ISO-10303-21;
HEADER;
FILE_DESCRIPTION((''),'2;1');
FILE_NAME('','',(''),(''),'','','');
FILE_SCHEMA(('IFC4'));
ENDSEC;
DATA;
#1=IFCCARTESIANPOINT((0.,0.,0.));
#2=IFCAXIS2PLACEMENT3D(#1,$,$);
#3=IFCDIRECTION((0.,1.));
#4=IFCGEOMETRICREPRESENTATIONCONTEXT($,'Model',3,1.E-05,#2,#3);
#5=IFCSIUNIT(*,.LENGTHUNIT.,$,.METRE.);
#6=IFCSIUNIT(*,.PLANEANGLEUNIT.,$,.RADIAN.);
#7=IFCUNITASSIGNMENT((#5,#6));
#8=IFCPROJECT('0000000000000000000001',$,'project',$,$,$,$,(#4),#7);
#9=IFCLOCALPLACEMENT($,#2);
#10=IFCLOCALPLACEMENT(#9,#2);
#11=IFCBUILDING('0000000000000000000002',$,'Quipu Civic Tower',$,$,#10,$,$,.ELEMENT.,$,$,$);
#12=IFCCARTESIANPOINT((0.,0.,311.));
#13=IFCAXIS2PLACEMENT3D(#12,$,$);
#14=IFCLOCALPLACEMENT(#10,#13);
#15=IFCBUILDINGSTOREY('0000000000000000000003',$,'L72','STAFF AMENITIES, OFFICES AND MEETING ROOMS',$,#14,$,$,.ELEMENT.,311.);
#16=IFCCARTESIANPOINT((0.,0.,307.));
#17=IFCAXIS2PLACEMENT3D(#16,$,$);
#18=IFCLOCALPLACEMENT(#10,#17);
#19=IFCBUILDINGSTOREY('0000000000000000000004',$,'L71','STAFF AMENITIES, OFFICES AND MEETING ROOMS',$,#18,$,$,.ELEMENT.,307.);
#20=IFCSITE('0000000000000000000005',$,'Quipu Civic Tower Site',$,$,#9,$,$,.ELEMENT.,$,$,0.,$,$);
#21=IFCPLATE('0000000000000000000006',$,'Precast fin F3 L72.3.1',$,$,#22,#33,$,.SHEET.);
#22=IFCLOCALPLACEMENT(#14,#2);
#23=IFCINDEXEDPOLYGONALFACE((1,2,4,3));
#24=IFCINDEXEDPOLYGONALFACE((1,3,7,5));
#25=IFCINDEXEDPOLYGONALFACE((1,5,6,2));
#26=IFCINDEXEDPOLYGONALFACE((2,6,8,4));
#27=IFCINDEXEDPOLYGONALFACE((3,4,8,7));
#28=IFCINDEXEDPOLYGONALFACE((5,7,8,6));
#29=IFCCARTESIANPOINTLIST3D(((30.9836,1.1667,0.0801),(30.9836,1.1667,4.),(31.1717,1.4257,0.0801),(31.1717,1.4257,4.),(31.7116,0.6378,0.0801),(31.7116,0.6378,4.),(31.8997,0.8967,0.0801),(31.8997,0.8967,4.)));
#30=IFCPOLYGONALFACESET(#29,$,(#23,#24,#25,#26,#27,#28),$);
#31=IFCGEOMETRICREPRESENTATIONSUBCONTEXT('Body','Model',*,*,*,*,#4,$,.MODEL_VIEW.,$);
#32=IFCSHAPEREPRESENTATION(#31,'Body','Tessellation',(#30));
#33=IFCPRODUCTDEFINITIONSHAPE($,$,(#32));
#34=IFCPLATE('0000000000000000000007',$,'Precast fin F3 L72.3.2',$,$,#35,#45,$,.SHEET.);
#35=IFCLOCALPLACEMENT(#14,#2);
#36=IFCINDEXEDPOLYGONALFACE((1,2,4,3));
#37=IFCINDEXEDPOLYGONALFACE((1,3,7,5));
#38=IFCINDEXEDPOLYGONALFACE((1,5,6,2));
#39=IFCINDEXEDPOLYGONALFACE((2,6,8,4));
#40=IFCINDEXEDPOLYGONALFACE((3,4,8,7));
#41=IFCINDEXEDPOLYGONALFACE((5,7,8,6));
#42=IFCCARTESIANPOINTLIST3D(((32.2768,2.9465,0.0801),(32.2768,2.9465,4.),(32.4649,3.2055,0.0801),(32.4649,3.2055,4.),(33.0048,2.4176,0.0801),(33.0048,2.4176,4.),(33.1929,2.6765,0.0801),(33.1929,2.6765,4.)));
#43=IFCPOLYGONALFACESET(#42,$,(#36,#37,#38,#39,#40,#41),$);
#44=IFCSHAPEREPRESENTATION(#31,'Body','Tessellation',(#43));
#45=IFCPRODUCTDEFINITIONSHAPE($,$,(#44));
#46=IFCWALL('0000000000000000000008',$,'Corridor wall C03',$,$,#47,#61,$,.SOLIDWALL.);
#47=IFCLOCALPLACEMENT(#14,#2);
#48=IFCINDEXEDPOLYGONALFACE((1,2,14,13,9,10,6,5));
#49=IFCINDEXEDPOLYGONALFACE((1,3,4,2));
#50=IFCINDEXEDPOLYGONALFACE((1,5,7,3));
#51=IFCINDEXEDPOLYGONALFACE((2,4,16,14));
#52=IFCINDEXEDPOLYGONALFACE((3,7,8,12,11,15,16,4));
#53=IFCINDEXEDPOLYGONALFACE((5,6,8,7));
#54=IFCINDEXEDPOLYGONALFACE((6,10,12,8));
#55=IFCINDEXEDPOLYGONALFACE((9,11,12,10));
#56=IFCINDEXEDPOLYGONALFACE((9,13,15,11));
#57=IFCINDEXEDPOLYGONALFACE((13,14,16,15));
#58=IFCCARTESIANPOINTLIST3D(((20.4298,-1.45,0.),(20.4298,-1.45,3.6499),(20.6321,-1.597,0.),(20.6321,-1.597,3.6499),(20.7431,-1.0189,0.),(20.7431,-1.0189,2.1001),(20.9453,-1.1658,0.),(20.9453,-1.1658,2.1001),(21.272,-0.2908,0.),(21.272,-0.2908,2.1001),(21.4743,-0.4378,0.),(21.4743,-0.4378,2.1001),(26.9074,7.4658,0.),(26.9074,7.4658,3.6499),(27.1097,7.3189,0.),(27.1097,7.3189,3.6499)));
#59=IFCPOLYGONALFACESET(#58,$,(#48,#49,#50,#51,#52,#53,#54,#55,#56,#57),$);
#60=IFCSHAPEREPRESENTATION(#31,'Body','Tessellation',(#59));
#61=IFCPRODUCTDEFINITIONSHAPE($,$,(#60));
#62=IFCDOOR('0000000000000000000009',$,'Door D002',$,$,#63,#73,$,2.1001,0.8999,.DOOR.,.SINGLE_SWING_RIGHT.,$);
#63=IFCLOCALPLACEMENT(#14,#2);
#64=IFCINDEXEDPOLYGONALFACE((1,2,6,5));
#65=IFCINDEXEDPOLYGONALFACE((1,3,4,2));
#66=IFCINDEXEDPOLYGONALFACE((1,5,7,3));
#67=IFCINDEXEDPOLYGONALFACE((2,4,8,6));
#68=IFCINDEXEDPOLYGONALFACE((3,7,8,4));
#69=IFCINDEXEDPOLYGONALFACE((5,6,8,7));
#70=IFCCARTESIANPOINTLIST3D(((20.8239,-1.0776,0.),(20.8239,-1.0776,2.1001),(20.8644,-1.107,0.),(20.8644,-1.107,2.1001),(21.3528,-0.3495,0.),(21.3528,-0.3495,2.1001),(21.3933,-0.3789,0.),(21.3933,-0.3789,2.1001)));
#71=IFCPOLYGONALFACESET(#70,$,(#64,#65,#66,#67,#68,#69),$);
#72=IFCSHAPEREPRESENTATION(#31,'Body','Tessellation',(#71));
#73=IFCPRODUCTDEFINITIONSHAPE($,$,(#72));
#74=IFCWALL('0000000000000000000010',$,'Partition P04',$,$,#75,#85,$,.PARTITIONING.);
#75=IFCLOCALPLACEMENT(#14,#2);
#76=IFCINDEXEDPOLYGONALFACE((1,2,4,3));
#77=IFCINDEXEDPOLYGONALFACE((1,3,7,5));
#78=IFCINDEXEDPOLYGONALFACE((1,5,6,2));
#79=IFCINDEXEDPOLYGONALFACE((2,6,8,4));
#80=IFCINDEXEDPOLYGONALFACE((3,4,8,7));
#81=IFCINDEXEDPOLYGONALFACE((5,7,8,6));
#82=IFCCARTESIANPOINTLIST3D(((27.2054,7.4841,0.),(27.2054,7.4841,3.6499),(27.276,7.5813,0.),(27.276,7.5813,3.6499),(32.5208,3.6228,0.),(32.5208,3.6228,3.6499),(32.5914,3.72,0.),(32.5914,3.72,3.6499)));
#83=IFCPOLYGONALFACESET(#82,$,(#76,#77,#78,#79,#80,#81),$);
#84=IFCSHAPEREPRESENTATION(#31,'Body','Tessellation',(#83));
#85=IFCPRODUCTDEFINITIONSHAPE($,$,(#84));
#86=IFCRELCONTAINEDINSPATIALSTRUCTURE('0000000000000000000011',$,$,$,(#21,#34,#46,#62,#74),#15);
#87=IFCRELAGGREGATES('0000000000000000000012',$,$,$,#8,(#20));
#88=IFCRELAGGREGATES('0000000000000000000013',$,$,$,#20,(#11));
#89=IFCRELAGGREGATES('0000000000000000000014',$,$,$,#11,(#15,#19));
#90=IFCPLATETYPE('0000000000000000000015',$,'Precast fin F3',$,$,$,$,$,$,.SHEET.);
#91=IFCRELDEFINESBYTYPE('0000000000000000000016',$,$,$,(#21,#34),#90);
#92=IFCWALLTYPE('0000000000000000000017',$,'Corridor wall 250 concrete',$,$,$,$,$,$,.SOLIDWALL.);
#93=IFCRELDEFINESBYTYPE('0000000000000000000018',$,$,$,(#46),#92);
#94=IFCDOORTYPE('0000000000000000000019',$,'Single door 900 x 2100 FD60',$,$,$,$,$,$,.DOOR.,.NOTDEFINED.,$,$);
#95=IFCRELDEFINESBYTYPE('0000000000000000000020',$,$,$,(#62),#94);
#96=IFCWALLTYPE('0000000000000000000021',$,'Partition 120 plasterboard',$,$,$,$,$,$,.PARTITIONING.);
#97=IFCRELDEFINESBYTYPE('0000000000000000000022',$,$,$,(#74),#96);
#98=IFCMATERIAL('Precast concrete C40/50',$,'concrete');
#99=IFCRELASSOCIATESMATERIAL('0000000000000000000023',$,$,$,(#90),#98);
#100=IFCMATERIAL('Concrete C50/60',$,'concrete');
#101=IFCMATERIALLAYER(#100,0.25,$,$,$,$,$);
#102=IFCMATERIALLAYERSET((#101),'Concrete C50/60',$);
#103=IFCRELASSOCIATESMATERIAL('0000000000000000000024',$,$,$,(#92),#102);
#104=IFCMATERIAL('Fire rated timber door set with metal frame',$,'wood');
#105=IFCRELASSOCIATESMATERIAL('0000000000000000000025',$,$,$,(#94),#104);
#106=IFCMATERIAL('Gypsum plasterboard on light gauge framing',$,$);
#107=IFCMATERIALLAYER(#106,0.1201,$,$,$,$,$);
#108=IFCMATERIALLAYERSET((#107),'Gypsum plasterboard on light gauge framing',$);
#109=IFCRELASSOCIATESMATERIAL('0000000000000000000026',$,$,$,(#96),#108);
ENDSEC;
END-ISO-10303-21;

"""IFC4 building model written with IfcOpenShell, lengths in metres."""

from ifc_helpers import new_model, si_unit, direction, frame, frame_2d, origin, origin_2d, place, context, subcontext, project, spatial, rectangle, extrude, material, layer, layer_set, type_object, element, fill, save


model = new_model("IFC4")

# Units and contexts
model_context = context("Model", 3, precision=1e-05, world=origin(), true_north=direction((0.0, 1.0)))
body_context = subcontext(model_context, "Body", "Model", "MODEL_VIEW")
ifc_project = project(units=[si_unit("LENGTHUNIT", "METRE"), si_unit("PLANEANGLEUNIT", "RADIAN")], contexts=[model_context])

# Site, building, storey
site_placement = place(None, origin())
site = spatial("IfcSite", under=ifc_project, at=site_placement, Name="Quipu Civic Tower Site", CompositionType="ELEMENT", RefElevation=0.0)
building_placement = place(site_placement, origin())
building = spatial("IfcBuilding", under=site, at=building_placement, Name="Quipu Civic Tower", CompositionType="ELEMENT")
storey_1_placement = place(building_placement, frame((0.0, 0.0, 311.0)))
storey_1 = spatial("IfcBuildingStorey", under=building, at=storey_1_placement, Name="L72", Description="STAFF AMENITIES, OFFICES AND MEETING ROOMS", CompositionType="ELEMENT", Elevation=311.0)

# Shared definitions
storey_2_placement = place(building_placement, frame((0.0, 0.0, 307.0)))
storey_2 = spatial("IfcBuildingStorey", under=building, at=storey_2_placement, Name="L71", Description="STAFF AMENITIES, OFFICES AND MEETING ROOMS", CompositionType="ELEMENT", Elevation=307.0)

# Plates
ifc_material_1 = material(Name="Precast concrete C40/50", Category="concrete")
plate_type_1 = type_object("IfcPlateType", Name="Precast fin F3", PredefinedType="SHEET", material=ifc_material_1)
for number, where, z_axis, x_axis, name in (
    (1, (31.4417, 1.0317, 0.0801), (0.0, 0.0, 1.0), (0.587786, 0.809016, 0.0), "Precast fin F3 L72.3.1"),
    (2, (32.7349, 2.8115, 0.0801), (0.0, 0.0, 1.0), (0.587786, 0.809016, 0.0), "Precast fin F3 L72.3.2"),
):
    element("IfcPlate", number, at=place(storey_1_placement, frame(where, z_axis=z_axis, x_axis=x_axis)), inside=storey_1, type_object=plate_type_1, Name=name, PredefinedType="SHEET", context=body_context, shape_type="SweptSolid", body=[
        extrude(rectangle(XDim=0.3201, YDim=0.8999, at=origin_2d()), origin(), (0.0, 0.0, 1.0), 3.9199),
    ])

# Wall, opening, door
ifc_material_2 = material(Name="Concrete C50/60", Category="concrete")
ifc_layer_1 = layer(ifc_material_2, 0.25)
ifc_layer_set_1 = layer_set([ifc_layer_1], Name="Concrete C50/60")
wall_type_1 = type_object("IfcWallType", Name="Corridor wall 250 concrete", PredefinedType="SOLIDWALL", material=ifc_layer_set_1)
wall_1_placement = place(storey_1_placement, frame((27.0085, 7.3923, 0.0), z_axis=(0.0, 0.0, 1.0), x_axis=(-0.587776, -0.809023, 0.0)))
wall_1 = element("IfcWall", 3, at=wall_1_placement, inside=storey_1, type_object=wall_type_1, Name="Corridor wall C03", PredefinedType="SOLIDWALL", context=body_context, shape_type="SweptSolid", body=[
    extrude(rectangle(XDim=11.0205, YDim=0.25, at=frame_2d((5.5103, 0.0))), origin(), (0.0, 0.0, 1.0), 3.6499),
])
opening_1_placement = place(wall_1_placement, frame((9.5876, 0.0, 0.0)))
opening_1 = element("IfcOpeningElement", 4, at=opening_1_placement, cuts=wall_1, PredefinedType="OPENING", context=body_context, shape_type="SweptSolid", body=[
    extrude(rectangle(XDim=0.8999, YDim=2.1001, at=frame_2d((0.45, 1.05))), frame((0.0, 0.135, 0.0), z_axis=(0.0, -1.0, 0.0), x_axis=(1.0, 0.0, 0.0)), (0.0, 0.0, 1.0), 0.27),
])
ifc_material_3 = material(Name="Fire rated timber door set with metal frame", Category="wood")
door_type_1 = type_object("IfcDoorType", Name="Single door 900 x 2100 FD60", OperationType="NOTDEFINED", PredefinedType="DOOR", material=ifc_material_3)
door_1_placement = place(opening_1_placement, origin())
door_1 = element("IfcDoor", 5, at=door_1_placement, inside=storey_1, type_object=door_type_1, Name="Door D002", OperationType="SINGLE_SWING_RIGHT", OverallHeight=2.1001, OverallWidth=0.8999, PredefinedType="DOOR", context=body_context, shape_type="SweptSolid", body=[
    extrude(rectangle(XDim=0.8999, YDim=2.1001, at=frame_2d((0.45, 1.05))), frame((0.0, 0.0249, 0.0), z_axis=(0.0, -1.0, 0.0), x_axis=(1.0, 0.0, 0.0)), (0.0, 0.0, 1.0), 0.05),
])
fill(opening_1, door_1)

# Wall
ifc_material_4 = material(Name="Gypsum plasterboard on light gauge framing")
ifc_layer_2 = layer(ifc_material_4, 0.1201)
ifc_layer_set_2 = layer_set([ifc_layer_2], Name="Gypsum plasterboard on light gauge framing")
wall_type_2 = type_object("IfcWallType", Name="Partition 120 plasterboard", PredefinedType="PARTITIONING", material=ifc_layer_set_2)
wall_2_placement = place(storey_1_placement, frame((27.2407, 7.5327, 0.0), z_axis=(0.0, 0.0, 1.0), x_axis=(0.809057, -0.58773, 0.0)))
element("IfcWall", 6, at=wall_2_placement, inside=storey_1, type_object=wall_type_2, Name="Partition P04", PredefinedType="PARTITIONING", context=body_context, shape_type="SweptSolid", body=[
    extrude(rectangle(XDim=6.5698, YDim=0.1201, at=frame_2d((3.2849, 0.0))), origin(), (0.0, 0.0, 1.0), 3.6499),
])

save(model, "model.ifc")
